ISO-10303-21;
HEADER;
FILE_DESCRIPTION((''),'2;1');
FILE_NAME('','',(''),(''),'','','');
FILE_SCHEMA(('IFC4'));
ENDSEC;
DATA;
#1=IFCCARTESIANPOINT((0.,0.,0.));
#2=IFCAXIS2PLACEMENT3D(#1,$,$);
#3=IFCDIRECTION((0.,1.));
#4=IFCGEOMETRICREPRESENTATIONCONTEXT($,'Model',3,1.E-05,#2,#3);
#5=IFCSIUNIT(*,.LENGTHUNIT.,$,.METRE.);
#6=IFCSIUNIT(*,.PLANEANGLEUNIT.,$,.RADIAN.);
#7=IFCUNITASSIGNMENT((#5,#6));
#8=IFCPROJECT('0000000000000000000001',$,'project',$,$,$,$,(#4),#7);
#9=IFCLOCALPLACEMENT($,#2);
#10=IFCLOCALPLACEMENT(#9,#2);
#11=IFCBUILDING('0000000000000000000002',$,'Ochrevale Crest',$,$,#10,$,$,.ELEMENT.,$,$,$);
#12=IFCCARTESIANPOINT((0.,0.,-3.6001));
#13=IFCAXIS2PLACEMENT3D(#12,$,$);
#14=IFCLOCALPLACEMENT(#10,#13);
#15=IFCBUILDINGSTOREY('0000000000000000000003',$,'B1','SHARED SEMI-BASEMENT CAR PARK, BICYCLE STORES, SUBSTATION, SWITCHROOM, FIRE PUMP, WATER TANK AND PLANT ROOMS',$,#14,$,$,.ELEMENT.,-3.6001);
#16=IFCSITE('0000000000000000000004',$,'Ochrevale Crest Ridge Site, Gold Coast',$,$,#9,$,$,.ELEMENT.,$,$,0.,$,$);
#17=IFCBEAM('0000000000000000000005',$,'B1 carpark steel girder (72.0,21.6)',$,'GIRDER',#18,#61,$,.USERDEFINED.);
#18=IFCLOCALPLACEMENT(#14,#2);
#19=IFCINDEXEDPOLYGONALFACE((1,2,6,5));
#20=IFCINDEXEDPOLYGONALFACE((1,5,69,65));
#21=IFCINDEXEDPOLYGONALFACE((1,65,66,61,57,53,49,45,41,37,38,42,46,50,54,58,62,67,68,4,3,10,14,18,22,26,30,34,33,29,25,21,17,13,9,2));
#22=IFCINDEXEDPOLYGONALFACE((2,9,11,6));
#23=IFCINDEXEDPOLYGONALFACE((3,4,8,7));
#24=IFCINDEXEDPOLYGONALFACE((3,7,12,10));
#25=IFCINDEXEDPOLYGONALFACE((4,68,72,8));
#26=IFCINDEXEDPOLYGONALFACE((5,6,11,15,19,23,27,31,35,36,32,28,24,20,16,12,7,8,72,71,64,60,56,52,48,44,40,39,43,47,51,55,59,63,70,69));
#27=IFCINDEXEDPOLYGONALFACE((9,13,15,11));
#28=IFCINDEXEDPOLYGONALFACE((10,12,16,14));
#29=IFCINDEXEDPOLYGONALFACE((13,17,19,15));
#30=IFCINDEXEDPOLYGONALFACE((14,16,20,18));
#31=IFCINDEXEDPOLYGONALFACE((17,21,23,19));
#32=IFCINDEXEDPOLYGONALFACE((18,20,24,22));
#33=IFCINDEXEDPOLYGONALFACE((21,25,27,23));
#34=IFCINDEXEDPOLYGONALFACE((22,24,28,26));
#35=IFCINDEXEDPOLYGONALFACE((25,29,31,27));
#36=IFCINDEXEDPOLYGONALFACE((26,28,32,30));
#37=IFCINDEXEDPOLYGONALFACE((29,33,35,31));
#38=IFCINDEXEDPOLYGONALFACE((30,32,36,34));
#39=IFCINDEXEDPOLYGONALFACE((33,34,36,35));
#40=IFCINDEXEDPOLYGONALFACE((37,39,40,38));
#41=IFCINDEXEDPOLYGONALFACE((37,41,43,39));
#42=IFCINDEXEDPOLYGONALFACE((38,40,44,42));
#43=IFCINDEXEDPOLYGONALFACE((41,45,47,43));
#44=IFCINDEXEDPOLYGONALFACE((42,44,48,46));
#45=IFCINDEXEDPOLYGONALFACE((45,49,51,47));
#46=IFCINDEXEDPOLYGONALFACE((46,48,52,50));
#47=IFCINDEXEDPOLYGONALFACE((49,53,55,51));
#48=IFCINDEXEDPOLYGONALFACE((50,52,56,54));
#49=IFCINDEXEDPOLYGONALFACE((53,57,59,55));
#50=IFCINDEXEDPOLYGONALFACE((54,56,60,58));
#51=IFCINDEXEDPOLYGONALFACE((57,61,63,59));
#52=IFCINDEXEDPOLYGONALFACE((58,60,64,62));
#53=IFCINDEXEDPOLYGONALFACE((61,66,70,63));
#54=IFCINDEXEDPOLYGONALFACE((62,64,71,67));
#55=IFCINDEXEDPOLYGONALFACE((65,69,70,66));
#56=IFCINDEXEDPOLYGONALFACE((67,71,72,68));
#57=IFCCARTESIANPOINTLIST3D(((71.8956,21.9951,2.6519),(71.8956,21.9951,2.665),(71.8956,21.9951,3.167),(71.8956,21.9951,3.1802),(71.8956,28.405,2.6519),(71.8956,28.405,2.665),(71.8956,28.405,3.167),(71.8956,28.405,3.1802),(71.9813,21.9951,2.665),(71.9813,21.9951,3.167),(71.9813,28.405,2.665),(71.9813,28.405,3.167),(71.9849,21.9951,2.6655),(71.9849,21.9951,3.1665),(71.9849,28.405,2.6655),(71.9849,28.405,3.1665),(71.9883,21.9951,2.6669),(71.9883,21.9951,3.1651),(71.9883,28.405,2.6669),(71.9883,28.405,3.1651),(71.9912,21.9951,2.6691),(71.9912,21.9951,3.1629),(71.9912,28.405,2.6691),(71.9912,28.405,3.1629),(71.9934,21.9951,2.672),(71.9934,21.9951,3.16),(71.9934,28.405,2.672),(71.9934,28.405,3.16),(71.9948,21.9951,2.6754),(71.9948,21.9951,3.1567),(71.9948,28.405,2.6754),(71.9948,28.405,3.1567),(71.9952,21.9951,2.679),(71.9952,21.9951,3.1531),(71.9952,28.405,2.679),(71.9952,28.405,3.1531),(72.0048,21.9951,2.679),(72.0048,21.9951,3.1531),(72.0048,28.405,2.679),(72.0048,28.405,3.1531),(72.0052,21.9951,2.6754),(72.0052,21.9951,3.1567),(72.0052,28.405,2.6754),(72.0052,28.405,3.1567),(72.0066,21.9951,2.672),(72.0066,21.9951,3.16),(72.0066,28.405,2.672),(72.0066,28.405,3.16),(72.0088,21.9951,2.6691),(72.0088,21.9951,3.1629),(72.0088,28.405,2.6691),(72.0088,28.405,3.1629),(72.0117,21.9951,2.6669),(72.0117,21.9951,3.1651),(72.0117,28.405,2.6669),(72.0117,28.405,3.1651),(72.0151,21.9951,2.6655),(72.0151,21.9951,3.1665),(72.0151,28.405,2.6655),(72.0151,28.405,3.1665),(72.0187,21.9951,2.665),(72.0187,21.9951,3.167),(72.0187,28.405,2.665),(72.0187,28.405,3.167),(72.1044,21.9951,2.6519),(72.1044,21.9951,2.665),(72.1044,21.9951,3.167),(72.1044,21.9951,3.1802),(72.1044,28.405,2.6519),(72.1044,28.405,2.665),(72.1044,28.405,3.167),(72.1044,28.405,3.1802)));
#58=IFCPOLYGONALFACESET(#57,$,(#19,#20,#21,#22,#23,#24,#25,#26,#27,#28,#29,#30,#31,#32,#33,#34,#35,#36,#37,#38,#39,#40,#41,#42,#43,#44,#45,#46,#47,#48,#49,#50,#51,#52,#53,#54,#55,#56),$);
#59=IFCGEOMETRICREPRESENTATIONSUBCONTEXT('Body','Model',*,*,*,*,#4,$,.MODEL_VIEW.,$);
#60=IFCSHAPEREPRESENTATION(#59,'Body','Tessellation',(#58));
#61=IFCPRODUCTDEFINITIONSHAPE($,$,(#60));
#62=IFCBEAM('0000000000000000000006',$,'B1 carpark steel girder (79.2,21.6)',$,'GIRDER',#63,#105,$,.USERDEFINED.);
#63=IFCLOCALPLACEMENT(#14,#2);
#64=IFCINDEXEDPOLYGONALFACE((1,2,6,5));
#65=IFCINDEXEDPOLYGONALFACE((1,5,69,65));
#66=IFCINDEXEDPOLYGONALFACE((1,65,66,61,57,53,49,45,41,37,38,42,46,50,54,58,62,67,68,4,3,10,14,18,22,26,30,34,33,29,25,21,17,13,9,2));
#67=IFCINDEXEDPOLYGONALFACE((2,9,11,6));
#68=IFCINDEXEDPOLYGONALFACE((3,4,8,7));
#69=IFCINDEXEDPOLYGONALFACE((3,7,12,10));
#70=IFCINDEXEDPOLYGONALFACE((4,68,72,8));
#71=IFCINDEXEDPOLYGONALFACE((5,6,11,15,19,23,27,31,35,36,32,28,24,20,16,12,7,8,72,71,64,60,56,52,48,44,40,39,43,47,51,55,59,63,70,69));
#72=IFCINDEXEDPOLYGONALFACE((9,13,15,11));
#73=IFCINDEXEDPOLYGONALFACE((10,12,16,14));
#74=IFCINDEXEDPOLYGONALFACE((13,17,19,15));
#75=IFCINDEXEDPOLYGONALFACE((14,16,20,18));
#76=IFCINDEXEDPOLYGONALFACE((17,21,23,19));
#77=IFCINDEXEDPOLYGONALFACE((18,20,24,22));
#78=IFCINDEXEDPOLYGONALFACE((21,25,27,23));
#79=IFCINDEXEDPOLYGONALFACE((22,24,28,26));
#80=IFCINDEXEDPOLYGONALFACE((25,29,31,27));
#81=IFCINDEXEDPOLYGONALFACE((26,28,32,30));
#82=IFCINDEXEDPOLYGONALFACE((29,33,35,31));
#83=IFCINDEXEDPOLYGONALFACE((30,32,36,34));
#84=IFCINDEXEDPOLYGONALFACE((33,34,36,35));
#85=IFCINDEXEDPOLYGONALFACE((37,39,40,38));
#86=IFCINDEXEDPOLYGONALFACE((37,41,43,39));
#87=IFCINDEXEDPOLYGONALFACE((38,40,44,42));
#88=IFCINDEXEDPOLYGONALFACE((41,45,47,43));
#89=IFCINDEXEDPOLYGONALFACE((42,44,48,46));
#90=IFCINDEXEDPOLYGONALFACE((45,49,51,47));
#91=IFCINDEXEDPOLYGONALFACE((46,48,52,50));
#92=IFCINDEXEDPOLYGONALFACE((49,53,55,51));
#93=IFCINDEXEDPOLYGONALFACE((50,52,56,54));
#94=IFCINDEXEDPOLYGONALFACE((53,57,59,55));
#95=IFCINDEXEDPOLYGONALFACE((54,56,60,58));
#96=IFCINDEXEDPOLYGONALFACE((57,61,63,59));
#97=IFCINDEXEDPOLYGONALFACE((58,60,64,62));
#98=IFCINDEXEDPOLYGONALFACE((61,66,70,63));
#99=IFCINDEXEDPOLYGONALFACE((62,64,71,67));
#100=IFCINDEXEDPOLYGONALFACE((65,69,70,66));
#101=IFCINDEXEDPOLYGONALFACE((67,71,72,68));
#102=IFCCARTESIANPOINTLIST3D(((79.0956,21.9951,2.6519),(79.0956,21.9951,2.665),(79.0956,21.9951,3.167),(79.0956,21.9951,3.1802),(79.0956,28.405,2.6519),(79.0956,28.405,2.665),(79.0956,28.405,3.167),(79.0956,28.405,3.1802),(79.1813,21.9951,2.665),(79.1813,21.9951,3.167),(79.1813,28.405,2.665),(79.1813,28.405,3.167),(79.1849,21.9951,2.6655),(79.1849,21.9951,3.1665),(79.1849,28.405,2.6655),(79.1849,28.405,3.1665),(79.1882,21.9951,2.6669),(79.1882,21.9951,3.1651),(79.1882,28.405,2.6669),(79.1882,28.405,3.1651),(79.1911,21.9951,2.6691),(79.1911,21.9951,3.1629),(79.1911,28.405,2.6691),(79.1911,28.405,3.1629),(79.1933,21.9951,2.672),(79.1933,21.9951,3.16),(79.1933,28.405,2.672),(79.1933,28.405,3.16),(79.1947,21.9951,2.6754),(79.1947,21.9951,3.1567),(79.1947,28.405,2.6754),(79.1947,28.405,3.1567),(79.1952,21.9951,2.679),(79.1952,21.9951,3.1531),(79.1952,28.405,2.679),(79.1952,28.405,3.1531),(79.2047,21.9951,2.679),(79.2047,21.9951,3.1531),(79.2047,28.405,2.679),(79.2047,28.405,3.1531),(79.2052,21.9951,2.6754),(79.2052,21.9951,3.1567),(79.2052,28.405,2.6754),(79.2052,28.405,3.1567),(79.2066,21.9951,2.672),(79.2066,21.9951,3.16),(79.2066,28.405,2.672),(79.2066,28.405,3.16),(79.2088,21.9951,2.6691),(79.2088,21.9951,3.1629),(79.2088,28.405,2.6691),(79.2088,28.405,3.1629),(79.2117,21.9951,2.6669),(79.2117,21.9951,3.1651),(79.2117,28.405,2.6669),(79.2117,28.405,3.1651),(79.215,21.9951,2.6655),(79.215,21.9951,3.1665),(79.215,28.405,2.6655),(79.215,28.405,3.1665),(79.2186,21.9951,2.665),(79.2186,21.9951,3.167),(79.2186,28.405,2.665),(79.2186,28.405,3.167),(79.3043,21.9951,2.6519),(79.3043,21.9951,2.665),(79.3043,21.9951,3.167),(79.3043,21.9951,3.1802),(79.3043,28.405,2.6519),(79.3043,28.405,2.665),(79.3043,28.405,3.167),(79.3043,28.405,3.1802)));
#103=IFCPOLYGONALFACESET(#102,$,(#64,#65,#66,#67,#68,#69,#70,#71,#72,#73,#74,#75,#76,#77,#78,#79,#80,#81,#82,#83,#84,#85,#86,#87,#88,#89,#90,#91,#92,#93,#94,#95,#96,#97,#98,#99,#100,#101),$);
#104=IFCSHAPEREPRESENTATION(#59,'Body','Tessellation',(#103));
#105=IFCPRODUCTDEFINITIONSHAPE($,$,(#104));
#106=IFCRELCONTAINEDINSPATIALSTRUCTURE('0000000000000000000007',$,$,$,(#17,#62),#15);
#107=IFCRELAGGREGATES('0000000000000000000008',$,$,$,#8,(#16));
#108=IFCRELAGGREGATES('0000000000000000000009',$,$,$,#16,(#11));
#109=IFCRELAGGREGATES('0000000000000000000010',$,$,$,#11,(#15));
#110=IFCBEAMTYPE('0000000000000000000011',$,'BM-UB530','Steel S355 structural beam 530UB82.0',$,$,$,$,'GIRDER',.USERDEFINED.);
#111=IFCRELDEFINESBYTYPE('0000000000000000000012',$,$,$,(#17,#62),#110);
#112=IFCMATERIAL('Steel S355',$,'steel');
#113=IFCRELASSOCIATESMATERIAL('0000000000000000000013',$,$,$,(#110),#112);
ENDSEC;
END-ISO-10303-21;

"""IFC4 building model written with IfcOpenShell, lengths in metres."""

from ifc_helpers import new_model, si_unit, direction, frame, origin, origin_2d, place, context, subcontext, project, spatial, i_section, extrude, material, material_profile, profile_set, type_object, element, save


model = new_model("IFC4")

# Units and contexts
model_context = context("Model", 3, precision=1e-05, world=origin(), true_north=direction((0.0, 1.0)))
body_context = subcontext(model_context, "Body", "Model", "MODEL_VIEW")
ifc_project = project(units=[si_unit("LENGTHUNIT", "METRE"), si_unit("PLANEANGLEUNIT", "RADIAN")], contexts=[model_context])

# Site, building, storey
site_placement = place(None, origin())
site = spatial("IfcSite", under=ifc_project, at=site_placement, Name="Ochrevale Crest Ridge Site, Gold Coast", CompositionType="ELEMENT", RefElevation=0.0)
building_placement = place(site_placement, origin())
building = spatial("IfcBuilding", under=site, at=building_placement, Name="Ochrevale Crest", CompositionType="ELEMENT")
storey_placement = place(building_placement, frame((0.0, 0.0, -3.6001)))
storey = spatial("IfcBuildingStorey", under=building, at=storey_placement, Name="B1", Description="SHARED SEMI-BASEMENT CAR PARK, BICYCLE STORES, SUBSTATION, SWITCHROOM, FIRE PUMP, WATER TANK AND PLANT ROOMS", CompositionType="ELEMENT", Elevation=-3.6001)

# Beams
ifc_material_1 = material(Name="Steel S355", Category="steel")
ifc_material_profile_1 = material_profile(ifc_material_1, i_section(OverallWidth=0.2087, OverallDepth=0.5283, WebThickness=0.0095, FlangeThickness=0.0132, FilletRadius=0.0139, at=origin_2d()), Name="530UB82.0")
ifc_profile_set_1 = profile_set([ifc_material_profile_1], Name="Steel S355")
beam_type_1 = type_object("IfcBeamType", Name="BM-UB530", Description="Steel S355 structural beam 530UB82.0", ElementType="GIRDER", PredefinedType="USERDEFINED", material=ifc_profile_set_1)
for number, where, z_axis, x_axis, name in (
    (1, (72.0, 21.9951, 2.916), (0.0, 1.0, 0.0), (-1.0, 0.0, 0.0), "B1 carpark steel girder (72.0,21.6)"),
    (2, (79.2, 21.9951, 2.916), (0.0, 1.0, 0.0), (-1.0, 0.0, 0.0), "B1 carpark steel girder (79.2,21.6)"),
):
    element("IfcBeam", number, at=place(storey_placement, frame(where, z_axis=z_axis, x_axis=x_axis)), inside=storey, type_object=beam_type_1, Name=name, ObjectType="GIRDER", PredefinedType="USERDEFINED", context=body_context, shape_type="SweptSolid", body=[
        extrude(i_section(OverallWidth=0.2087, OverallDepth=0.5283, WebThickness=0.0095, FlangeThickness=0.0132, FilletRadius=0.0139, at=origin_2d()), origin(), (0.0, 0.0, 1.0), 6.4099),
    ])

save(model, "model.ifc")
